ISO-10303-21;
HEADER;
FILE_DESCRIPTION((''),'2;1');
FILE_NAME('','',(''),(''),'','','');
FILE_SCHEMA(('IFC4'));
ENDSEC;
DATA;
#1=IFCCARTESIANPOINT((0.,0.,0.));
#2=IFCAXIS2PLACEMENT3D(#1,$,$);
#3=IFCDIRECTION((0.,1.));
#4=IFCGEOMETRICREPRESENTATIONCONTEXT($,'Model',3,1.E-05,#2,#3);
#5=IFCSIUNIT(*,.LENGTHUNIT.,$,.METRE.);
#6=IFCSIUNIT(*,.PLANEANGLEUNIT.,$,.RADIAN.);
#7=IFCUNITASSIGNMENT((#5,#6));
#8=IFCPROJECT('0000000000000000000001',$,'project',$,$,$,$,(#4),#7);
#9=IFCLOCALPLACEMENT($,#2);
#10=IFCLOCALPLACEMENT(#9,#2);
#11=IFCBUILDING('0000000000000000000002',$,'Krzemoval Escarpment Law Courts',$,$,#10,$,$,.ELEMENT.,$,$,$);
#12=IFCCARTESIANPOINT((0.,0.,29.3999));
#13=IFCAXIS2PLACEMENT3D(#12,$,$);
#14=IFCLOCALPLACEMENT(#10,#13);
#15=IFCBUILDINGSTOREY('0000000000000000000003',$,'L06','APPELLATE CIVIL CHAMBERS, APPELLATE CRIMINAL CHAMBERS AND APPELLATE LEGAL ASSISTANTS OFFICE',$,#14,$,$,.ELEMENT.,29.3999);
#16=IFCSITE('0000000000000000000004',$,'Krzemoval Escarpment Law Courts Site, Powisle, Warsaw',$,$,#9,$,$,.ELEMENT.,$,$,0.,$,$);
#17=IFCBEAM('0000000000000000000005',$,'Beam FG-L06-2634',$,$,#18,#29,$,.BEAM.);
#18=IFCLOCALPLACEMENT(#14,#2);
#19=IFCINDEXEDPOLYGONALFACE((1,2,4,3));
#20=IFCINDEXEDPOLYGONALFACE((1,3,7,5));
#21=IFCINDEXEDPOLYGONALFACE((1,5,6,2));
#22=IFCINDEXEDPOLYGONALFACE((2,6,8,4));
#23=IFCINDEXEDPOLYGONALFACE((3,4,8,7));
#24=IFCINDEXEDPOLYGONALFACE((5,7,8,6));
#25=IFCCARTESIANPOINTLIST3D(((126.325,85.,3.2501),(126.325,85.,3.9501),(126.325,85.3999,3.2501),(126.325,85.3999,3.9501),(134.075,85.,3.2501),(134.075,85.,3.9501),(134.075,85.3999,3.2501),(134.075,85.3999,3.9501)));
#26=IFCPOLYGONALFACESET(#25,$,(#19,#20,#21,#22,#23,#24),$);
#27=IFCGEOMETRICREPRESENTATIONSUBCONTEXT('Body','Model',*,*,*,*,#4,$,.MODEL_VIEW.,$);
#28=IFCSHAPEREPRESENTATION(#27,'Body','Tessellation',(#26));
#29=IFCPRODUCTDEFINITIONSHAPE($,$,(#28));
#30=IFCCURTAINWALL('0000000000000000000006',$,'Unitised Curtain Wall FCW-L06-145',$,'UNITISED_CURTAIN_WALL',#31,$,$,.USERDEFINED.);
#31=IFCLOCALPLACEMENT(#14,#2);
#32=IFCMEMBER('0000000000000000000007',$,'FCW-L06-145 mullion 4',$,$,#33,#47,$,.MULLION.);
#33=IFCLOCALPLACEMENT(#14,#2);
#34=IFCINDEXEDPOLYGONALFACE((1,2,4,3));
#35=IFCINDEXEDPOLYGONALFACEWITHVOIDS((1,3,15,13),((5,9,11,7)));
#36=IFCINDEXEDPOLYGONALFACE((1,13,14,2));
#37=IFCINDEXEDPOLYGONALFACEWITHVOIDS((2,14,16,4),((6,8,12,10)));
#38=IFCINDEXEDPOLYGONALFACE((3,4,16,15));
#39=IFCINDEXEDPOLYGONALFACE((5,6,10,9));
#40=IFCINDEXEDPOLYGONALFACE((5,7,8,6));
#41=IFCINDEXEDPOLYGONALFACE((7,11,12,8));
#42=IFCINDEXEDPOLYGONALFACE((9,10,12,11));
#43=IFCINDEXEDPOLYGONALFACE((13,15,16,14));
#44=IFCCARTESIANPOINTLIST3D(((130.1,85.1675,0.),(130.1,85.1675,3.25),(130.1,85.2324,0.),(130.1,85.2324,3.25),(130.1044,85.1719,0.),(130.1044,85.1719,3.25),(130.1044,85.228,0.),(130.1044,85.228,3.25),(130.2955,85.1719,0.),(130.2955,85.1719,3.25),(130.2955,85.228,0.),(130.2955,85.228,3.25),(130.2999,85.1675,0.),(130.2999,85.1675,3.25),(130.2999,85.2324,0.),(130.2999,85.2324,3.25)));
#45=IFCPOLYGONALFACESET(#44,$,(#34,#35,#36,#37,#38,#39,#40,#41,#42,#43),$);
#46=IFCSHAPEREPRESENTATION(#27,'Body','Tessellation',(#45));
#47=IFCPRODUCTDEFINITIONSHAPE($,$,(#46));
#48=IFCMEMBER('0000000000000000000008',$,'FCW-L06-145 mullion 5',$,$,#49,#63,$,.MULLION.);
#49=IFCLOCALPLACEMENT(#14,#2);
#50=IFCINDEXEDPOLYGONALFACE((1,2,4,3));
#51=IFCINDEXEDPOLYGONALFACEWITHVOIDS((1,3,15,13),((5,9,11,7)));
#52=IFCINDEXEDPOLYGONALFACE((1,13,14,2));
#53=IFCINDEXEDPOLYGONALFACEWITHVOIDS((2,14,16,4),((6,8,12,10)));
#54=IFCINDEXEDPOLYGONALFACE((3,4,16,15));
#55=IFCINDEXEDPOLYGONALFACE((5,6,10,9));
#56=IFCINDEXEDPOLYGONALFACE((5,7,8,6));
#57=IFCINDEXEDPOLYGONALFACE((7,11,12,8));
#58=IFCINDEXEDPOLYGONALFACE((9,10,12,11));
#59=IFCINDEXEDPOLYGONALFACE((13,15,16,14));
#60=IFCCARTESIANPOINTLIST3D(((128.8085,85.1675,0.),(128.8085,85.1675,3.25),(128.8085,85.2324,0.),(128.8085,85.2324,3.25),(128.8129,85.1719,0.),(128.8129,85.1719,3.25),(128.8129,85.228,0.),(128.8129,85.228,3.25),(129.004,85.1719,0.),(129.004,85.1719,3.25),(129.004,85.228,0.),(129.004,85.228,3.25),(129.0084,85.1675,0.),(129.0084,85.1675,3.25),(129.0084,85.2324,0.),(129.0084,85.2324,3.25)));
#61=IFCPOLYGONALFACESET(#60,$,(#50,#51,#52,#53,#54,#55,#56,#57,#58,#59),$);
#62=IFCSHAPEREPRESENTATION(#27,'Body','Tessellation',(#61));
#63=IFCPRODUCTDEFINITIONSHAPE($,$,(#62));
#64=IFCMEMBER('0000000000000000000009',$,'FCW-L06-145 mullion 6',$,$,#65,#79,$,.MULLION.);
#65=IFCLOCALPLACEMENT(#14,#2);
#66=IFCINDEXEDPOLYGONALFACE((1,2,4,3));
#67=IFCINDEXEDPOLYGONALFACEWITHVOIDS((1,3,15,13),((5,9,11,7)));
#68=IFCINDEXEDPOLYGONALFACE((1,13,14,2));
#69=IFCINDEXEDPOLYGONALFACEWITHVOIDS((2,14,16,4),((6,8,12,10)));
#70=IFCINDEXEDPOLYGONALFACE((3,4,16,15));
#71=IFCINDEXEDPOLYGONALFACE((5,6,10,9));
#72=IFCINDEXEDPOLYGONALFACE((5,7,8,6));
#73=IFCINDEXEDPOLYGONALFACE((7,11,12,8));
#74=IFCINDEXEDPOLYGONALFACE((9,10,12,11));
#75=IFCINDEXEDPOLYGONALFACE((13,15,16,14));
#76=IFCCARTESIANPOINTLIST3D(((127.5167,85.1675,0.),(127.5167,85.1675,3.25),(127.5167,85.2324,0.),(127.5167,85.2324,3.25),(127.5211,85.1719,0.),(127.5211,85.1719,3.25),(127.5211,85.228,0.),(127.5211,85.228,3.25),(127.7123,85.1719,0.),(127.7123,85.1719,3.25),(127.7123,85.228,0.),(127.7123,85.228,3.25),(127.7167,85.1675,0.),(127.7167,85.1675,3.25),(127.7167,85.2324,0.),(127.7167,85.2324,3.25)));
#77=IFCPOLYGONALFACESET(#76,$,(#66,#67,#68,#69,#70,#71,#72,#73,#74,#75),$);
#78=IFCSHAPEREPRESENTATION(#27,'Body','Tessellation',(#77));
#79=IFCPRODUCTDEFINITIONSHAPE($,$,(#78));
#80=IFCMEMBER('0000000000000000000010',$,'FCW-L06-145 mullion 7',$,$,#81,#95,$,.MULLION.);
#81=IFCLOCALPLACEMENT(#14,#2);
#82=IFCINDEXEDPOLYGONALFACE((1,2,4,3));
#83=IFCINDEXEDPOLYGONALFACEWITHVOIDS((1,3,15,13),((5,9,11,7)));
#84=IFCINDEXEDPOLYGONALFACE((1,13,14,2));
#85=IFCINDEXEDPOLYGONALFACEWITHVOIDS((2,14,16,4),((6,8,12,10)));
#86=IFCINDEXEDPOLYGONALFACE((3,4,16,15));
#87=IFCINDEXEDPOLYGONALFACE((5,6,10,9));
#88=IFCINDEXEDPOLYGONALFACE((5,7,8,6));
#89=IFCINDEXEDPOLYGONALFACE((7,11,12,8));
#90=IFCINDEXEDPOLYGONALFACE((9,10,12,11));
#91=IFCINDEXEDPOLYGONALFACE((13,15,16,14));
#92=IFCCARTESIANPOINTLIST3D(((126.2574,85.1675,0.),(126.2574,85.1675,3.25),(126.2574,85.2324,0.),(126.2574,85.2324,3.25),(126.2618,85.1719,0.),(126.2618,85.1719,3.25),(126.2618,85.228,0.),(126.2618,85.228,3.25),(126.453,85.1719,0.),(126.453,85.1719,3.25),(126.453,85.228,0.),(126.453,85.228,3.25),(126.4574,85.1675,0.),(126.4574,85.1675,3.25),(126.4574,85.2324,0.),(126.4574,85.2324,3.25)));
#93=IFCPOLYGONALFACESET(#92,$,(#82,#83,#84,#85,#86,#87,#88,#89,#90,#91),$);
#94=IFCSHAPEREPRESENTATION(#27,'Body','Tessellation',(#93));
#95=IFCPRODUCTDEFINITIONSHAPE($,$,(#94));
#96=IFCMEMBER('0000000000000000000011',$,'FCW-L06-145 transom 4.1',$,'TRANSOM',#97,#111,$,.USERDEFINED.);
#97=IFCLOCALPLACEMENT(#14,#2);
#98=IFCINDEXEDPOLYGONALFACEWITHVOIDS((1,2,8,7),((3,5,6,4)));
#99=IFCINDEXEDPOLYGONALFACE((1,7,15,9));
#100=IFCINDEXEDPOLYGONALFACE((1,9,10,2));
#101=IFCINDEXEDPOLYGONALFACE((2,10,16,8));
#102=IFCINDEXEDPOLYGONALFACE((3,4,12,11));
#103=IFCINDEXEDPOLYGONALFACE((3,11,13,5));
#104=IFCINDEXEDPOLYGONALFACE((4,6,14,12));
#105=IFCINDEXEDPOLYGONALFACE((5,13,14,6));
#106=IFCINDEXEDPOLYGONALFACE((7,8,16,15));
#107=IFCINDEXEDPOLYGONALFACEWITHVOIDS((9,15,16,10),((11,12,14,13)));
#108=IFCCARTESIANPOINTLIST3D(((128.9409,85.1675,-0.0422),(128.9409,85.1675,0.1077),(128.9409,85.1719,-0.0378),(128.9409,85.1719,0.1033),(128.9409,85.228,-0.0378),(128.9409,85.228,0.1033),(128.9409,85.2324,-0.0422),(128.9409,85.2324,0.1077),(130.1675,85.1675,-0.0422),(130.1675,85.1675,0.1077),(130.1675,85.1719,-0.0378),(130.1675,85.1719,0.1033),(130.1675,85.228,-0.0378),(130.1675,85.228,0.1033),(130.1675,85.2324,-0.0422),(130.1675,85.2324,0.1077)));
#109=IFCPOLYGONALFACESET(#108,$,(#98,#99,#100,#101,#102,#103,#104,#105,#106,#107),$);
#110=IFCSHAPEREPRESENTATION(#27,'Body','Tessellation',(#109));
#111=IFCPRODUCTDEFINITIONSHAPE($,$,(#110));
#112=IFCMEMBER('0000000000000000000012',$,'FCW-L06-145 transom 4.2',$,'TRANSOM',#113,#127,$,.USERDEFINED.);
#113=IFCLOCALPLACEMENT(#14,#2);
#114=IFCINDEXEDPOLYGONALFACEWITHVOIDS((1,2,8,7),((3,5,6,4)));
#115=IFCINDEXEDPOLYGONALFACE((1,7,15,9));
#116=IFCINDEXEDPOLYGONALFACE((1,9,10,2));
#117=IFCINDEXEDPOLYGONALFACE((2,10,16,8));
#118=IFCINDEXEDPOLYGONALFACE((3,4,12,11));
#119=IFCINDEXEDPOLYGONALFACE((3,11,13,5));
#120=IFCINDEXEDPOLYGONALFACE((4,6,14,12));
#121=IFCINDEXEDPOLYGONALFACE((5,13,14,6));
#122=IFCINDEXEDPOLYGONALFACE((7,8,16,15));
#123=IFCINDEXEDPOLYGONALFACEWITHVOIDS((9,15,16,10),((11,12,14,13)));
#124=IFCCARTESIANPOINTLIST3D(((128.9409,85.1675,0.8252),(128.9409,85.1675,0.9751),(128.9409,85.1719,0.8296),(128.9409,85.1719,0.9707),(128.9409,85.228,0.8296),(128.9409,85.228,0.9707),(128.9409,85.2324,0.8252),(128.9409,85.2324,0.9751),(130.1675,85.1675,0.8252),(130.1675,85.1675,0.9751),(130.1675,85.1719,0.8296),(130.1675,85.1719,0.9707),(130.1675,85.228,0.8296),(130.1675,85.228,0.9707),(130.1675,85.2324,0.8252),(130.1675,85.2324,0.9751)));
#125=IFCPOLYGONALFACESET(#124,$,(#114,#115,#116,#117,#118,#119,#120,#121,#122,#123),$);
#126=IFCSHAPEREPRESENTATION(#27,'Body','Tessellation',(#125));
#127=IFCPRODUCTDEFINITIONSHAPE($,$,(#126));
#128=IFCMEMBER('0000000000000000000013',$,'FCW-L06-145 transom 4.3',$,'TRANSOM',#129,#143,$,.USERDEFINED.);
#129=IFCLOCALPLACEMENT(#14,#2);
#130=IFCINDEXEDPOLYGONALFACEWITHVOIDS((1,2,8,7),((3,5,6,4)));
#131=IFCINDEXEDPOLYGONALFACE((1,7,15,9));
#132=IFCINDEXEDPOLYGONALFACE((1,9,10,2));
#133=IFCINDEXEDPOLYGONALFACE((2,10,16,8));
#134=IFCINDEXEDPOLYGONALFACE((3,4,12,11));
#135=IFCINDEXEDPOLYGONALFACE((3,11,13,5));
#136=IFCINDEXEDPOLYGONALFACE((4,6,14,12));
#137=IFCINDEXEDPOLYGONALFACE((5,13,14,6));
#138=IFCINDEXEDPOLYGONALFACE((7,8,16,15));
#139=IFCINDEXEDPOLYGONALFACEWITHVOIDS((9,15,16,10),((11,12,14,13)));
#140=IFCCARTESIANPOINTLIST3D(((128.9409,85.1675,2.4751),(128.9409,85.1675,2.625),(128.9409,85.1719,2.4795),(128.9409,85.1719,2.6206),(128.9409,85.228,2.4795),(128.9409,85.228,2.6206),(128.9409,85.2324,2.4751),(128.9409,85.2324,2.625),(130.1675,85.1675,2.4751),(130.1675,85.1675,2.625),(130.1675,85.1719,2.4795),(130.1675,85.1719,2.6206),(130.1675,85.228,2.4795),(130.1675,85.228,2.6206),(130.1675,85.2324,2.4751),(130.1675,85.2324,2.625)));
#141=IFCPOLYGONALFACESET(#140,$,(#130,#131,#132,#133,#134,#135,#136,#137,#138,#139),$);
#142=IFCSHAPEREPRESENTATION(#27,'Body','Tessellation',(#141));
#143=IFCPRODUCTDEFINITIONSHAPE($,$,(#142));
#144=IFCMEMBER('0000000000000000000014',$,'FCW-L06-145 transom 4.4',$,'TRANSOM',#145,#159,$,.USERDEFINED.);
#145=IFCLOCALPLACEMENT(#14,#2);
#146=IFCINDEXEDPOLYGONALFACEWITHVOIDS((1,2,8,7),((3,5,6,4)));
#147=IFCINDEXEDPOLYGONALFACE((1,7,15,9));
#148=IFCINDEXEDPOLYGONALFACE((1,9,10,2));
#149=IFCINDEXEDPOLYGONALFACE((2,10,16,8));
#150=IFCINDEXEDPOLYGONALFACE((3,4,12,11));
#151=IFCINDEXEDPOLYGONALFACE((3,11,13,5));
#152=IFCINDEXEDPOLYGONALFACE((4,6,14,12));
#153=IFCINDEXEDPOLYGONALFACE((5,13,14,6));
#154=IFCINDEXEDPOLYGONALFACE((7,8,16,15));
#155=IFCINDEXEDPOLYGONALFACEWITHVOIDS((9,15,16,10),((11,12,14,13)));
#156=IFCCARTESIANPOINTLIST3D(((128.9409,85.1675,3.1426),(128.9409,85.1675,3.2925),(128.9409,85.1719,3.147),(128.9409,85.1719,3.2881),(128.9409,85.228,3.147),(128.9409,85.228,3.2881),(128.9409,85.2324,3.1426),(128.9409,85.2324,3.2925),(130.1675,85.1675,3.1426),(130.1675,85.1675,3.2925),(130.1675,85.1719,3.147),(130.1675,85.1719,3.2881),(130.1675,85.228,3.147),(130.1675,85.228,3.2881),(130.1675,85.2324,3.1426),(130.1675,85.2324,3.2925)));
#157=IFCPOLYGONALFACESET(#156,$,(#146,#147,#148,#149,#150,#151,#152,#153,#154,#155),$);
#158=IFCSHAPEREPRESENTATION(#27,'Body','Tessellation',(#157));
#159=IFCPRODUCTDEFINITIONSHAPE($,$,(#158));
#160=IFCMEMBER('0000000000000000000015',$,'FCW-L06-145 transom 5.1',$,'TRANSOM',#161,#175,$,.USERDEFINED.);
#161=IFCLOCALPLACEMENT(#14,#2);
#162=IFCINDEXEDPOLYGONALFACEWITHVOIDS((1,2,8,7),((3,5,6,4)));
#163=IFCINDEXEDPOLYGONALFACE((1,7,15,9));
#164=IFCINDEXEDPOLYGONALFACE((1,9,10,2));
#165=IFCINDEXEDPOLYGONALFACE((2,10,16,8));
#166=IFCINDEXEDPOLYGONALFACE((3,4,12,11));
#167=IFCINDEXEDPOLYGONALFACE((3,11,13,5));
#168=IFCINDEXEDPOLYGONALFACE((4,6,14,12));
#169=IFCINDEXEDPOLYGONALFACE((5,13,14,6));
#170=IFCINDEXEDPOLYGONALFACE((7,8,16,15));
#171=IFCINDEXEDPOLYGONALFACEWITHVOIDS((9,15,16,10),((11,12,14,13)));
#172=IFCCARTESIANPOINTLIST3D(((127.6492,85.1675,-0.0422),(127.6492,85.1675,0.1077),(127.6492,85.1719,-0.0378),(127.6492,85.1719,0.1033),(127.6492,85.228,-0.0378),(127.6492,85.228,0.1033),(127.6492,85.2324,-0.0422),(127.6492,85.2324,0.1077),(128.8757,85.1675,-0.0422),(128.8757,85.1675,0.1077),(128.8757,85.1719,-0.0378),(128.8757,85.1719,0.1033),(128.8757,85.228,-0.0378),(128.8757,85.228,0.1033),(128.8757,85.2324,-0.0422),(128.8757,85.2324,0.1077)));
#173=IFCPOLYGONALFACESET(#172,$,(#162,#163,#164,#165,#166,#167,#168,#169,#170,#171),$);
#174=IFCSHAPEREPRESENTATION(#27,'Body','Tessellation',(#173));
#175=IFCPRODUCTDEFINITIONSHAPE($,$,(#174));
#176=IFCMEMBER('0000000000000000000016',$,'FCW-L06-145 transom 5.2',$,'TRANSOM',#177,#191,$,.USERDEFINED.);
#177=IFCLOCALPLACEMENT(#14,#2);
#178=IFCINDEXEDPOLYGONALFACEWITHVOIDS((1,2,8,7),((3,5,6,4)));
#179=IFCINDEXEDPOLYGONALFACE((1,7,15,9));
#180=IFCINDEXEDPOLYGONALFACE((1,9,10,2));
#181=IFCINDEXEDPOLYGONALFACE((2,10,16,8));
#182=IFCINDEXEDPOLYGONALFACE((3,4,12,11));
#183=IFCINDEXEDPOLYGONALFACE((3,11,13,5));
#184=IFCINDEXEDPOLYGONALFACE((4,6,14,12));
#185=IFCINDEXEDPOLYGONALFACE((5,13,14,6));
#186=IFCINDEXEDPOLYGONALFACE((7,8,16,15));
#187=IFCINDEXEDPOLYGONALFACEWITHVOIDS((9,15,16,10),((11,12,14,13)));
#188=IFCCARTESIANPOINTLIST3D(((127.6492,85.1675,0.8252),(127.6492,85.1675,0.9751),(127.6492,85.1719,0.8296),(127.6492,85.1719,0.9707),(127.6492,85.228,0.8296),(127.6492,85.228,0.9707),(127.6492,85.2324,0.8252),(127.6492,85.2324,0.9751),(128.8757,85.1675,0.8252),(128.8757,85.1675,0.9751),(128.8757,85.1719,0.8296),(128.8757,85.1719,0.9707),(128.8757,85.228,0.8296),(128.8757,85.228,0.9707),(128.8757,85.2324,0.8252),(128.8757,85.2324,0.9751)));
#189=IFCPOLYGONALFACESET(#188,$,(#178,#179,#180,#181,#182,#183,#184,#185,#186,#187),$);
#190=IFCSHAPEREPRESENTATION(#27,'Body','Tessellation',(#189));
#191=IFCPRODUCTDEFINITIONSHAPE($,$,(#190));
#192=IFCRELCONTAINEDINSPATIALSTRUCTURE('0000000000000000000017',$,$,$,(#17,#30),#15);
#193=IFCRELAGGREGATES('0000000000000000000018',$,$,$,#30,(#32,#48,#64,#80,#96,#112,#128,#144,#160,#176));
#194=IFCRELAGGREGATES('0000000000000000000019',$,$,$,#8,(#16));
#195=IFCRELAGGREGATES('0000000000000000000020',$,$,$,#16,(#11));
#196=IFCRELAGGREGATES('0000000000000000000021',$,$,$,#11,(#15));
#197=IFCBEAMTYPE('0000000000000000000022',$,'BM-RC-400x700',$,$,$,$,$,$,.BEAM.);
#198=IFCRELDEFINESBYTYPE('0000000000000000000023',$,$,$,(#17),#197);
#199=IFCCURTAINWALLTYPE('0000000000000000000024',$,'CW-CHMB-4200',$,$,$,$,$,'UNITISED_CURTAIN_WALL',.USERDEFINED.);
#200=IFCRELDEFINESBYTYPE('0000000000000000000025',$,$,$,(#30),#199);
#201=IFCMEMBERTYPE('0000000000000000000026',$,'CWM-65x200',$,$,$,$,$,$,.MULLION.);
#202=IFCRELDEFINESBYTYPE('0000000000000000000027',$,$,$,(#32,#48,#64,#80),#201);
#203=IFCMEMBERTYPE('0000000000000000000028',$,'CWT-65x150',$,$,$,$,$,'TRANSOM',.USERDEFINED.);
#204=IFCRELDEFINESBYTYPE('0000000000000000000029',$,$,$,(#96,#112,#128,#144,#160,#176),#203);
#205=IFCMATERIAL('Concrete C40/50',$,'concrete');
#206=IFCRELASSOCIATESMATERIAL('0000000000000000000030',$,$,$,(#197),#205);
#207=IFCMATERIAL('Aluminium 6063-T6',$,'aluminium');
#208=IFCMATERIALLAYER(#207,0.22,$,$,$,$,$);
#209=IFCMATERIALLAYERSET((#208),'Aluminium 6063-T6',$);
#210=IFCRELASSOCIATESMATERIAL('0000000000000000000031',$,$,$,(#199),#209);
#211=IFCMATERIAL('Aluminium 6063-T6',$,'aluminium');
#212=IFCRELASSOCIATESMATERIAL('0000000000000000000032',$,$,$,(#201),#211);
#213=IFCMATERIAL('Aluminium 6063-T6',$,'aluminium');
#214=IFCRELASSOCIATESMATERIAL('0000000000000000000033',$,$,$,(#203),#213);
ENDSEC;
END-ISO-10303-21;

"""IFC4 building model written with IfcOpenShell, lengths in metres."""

from ifc_helpers import new_model, si_unit, direction, frame, origin, origin_2d, place, context, subcontext, project, spatial, rectangle, hollow_rectangle, extrude, material, layer, layer_set, material_profile, profile_set, type_object, element, aggregate, save


model = new_model("IFC4")

# Units and contexts
model_context = context("Model", 3, precision=1e-05, world=origin(), true_north=direction((0.0, 1.0)))
body_context = subcontext(model_context, "Body", "Model", "MODEL_VIEW")
ifc_project = project(units=[si_unit("LENGTHUNIT", "METRE"), si_unit("PLANEANGLEUNIT", "RADIAN")], contexts=[model_context])

# Site, building, storey
site_placement = place(None, origin())
site = spatial("IfcSite", under=ifc_project, at=site_placement, Name="Krzemoval Escarpment Law Courts Site, Powisle, Warsaw", CompositionType="ELEMENT", RefElevation=0.0)
building_placement = place(site_placement, origin())
building = spatial("IfcBuilding", under=site, at=building_placement, Name="Krzemoval Escarpment Law Courts", CompositionType="ELEMENT")
storey_placement = place(building_placement, frame((0.0, 0.0, 29.3999)))
storey = spatial("IfcBuildingStorey", under=building, at=storey_placement, Name="L06", Description="APPELLATE CIVIL CHAMBERS, APPELLATE CRIMINAL CHAMBERS AND APPELLATE LEGAL ASSISTANTS OFFICE", CompositionType="ELEMENT", Elevation=29.3999)

# Beam
ifc_material_1 = material(Name="Concrete C40/50", Category="concrete")
ifc_material_profile_1 = material_profile(ifc_material_1, rectangle(XDim=0.3999, YDim=0.7, at=origin_2d()), Name="RCB 400x700")
ifc_profile_set_1 = profile_set([ifc_material_profile_1], Name="Concrete C40/50")
beam_type = type_object("IfcBeamType", Name="BM-RC-400x700", PredefinedType="BEAM", material=ifc_profile_set_1)
beam_placement = place(storey_placement, frame((126.325, 85.2, 3.6001), z_axis=(1.0, 0.0, 0.0), x_axis=(0.0, 1.0, 0.0)))
element("IfcBeam", 1, at=beam_placement, inside=storey, type_object=beam_type, Name="Beam FG-L06-2634", PredefinedType="BEAM", context=body_context, shape_type="SweptSolid", body=[
    extrude(rectangle(XDim=0.3999, YDim=0.7, at=origin_2d()), origin(), (0.0, 0.0, 1.0), 7.75),
])

# Curtain wall, members
ifc_material_2 = material(Name="Aluminium 6063-T6", Category="aluminium")
ifc_layer_1 = layer(ifc_material_2, 0.22)
ifc_layer_set_1 = layer_set([ifc_layer_1], Name="Aluminium 6063-T6")
curtain_wall_type = type_object("IfcCurtainWallType", Name="CW-CHMB-4200", ElementType="UNITISED_CURTAIN_WALL", PredefinedType="USERDEFINED", material=ifc_layer_set_1)
curtain_wall_placement = place(storey_placement, origin())
curtain_wall = element("IfcCurtainWall", 2, at=curtain_wall_placement, inside=storey, type_object=curtain_wall_type, Name="Unitised Curtain Wall FCW-L06-145", ObjectType="UNITISED_CURTAIN_WALL", PredefinedType="USERDEFINED")
ifc_material_3 = material(Name="Aluminium 6063-T6", Category="aluminium")
ifc_material_profile_2 = material_profile(ifc_material_3, hollow_rectangle(XDim=0.0649, YDim=0.2, WallThickness=0.0044, at=origin_2d()), Name="ALU M65x200")
ifc_profile_set_2 = profile_set([ifc_material_profile_2], Name="Aluminium 6063-T6")
member_type_1 = type_object("IfcMemberType", Name="CWM-65x200", PredefinedType="MULLION", material=ifc_profile_set_2)
member_1_placement = place(storey_placement, frame((130.2, 85.2, 0.0), z_axis=(0.0, 0.0, 1.0), x_axis=(0.0, -1.0, 0.0)))
member_1 = element("IfcMember", 3, at=member_1_placement, type_object=member_type_1, Name="FCW-L06-145 mullion 4", PredefinedType="MULLION", context=body_context, shape_type="SweptSolid", body=[
    extrude(hollow_rectangle(XDim=0.0649, YDim=0.2, WallThickness=0.0044, at=origin_2d()), origin(), (0.0, 0.0, 1.0), 3.25),
])
member_2_placement = place(storey_placement, frame((128.9084, 85.2, 0.0), z_axis=(0.0, 0.0, 1.0), x_axis=(0.0, -1.0, 0.0)))
member_2 = element("IfcMember", 4, at=member_2_placement, type_object=member_type_1, Name="FCW-L06-145 mullion 5", PredefinedType="MULLION", context=body_context, shape_type="SweptSolid", body=[
    extrude(hollow_rectangle(XDim=0.0649, YDim=0.2, WallThickness=0.0044, at=origin_2d()), origin(), (0.0, 0.0, 1.0), 3.25),
])
member_3_placement = place(storey_placement, frame((127.6167, 85.2, 0.0), z_axis=(0.0, 0.0, 1.0), x_axis=(0.0, -1.0, 0.0)))
member_3 = element("IfcMember", 5, at=member_3_placement, type_object=member_type_1, Name="FCW-L06-145 mullion 6", PredefinedType="MULLION", context=body_context, shape_type="SweptSolid", body=[
    extrude(hollow_rectangle(XDim=0.0649, YDim=0.2, WallThickness=0.0044, at=origin_2d()), origin(), (0.0, 0.0, 1.0), 3.25),
])
member_4_placement = place(storey_placement, frame((126.3574, 85.2, 0.0), z_axis=(0.0, 0.0, 1.0), x_axis=(0.0, -1.0, 0.0)))
member_4 = element("IfcMember", 6, at=member_4_placement, type_object=member_type_1, Name="FCW-L06-145 mullion 7", PredefinedType="MULLION", context=body_context, shape_type="SweptSolid", body=[
    extrude(hollow_rectangle(XDim=0.0649, YDim=0.2, WallThickness=0.0044, at=origin_2d()), origin(), (0.0, 0.0, 1.0), 3.25),
])
ifc_material_4 = material(Name="Aluminium 6063-T6", Category="aluminium")
ifc_material_profile_3 = material_profile(ifc_material_4, hollow_rectangle(XDim=0.0649, YDim=0.1499, WallThickness=0.0044, at=origin_2d()), Name="ALU T65x150")
ifc_profile_set_3 = profile_set([ifc_material_profile_3], Name="Aluminium 6063-T6")
member_type_2 = type_object("IfcMemberType", Name="CWT-65x150", ElementType="TRANSOM", PredefinedType="USERDEFINED", material=ifc_profile_set_3)
member_5_placement = place(storey_placement, frame((130.1675, 85.2, 0.0327), z_axis=(-1.0, 0.0, 0.0), x_axis=(0.0, -1.0, 0.0)))
member_5 = element("IfcMember", 7, at=member_5_placement, type_object=member_type_2, Name="FCW-L06-145 transom 4.1", ObjectType="TRANSOM", PredefinedType="USERDEFINED", context=body_context, shape_type="SweptSolid", body=[
    extrude(hollow_rectangle(XDim=0.0649, YDim=0.1499, WallThickness=0.0044, at=origin_2d()), origin(), (0.0, 0.0, 1.0), 1.2266),
])
member_6_placement = place(storey_placement, frame((130.1675, 85.2, 0.9001), z_axis=(-1.0, 0.0, 0.0), x_axis=(0.0, -1.0, 0.0)))
member_6 = element("IfcMember", 8, at=member_6_placement, type_object=member_type_2, Name="FCW-L06-145 transom 4.2", ObjectType="TRANSOM", PredefinedType="USERDEFINED", context=body_context, shape_type="SweptSolid", body=[
    extrude(hollow_rectangle(XDim=0.0649, YDim=0.1499, WallThickness=0.0044, at=origin_2d()), origin(), (0.0, 0.0, 1.0), 1.2266),
])
member_7_placement = place(storey_placement, frame((130.1675, 85.2, 2.55), z_axis=(-1.0, 0.0, 0.0), x_axis=(0.0, -1.0, 0.0)))
member_7 = element("IfcMember", 9, at=member_7_placement, type_object=member_type_2, Name="FCW-L06-145 transom 4.3", ObjectType="TRANSOM", PredefinedType="USERDEFINED", context=body_context, shape_type="SweptSolid", body=[
    extrude(hollow_rectangle(XDim=0.0649, YDim=0.1499, WallThickness=0.0044, at=origin_2d()), origin(), (0.0, 0.0, 1.0), 1.2266),
])
member_8_placement = place(storey_placement, frame((130.1675, 85.2, 3.2175), z_axis=(-1.0, 0.0, 0.0), x_axis=(0.0, -1.0, 0.0)))
member_8 = element("IfcMember", 10, at=member_8_placement, type_object=member_type_2, Name="FCW-L06-145 transom 4.4", ObjectType="TRANSOM", PredefinedType="USERDEFINED", context=body_context, shape_type="SweptSolid", body=[
    extrude(hollow_rectangle(XDim=0.0649, YDim=0.1499, WallThickness=0.0044, at=origin_2d()), origin(), (0.0, 0.0, 1.0), 1.2266),
])
member_9_placement = place(storey_placement, frame((128.8757, 85.2, 0.0327), z_axis=(-1.0, 0.0, 0.0), x_axis=(0.0, -1.0, 0.0)))
member_9 = element("IfcMember", 11, at=member_9_placement, type_object=member_type_2, Name="FCW-L06-145 transom 5.1", ObjectType="TRANSOM", PredefinedType="USERDEFINED", context=body_context, shape_type="SweptSolid", body=[
    extrude(hollow_rectangle(XDim=0.0649, YDim=0.1499, WallThickness=0.0044, at=origin_2d()), origin(), (0.0, 0.0, 1.0), 1.2266),
])
member_10_placement = place(storey_placement, frame((128.8757, 85.2, 0.9001), z_axis=(-1.0, 0.0, 0.0), x_axis=(0.0, -1.0, 0.0)))
member_10 = element("IfcMember", 12, at=member_10_placement, type_object=member_type_2, Name="FCW-L06-145 transom 5.2", ObjectType="TRANSOM", PredefinedType="USERDEFINED", context=body_context, shape_type="SweptSolid", body=[
    extrude(hollow_rectangle(XDim=0.0649, YDim=0.1499, WallThickness=0.0044, at=origin_2d()), origin(), (0.0, 0.0, 1.0), 1.2266),
])

aggregate(curtain_wall, [member_1, member_2, member_3, member_4, member_5, member_6, member_7, member_8, member_9, member_10])

save(model, "model.ifc")
